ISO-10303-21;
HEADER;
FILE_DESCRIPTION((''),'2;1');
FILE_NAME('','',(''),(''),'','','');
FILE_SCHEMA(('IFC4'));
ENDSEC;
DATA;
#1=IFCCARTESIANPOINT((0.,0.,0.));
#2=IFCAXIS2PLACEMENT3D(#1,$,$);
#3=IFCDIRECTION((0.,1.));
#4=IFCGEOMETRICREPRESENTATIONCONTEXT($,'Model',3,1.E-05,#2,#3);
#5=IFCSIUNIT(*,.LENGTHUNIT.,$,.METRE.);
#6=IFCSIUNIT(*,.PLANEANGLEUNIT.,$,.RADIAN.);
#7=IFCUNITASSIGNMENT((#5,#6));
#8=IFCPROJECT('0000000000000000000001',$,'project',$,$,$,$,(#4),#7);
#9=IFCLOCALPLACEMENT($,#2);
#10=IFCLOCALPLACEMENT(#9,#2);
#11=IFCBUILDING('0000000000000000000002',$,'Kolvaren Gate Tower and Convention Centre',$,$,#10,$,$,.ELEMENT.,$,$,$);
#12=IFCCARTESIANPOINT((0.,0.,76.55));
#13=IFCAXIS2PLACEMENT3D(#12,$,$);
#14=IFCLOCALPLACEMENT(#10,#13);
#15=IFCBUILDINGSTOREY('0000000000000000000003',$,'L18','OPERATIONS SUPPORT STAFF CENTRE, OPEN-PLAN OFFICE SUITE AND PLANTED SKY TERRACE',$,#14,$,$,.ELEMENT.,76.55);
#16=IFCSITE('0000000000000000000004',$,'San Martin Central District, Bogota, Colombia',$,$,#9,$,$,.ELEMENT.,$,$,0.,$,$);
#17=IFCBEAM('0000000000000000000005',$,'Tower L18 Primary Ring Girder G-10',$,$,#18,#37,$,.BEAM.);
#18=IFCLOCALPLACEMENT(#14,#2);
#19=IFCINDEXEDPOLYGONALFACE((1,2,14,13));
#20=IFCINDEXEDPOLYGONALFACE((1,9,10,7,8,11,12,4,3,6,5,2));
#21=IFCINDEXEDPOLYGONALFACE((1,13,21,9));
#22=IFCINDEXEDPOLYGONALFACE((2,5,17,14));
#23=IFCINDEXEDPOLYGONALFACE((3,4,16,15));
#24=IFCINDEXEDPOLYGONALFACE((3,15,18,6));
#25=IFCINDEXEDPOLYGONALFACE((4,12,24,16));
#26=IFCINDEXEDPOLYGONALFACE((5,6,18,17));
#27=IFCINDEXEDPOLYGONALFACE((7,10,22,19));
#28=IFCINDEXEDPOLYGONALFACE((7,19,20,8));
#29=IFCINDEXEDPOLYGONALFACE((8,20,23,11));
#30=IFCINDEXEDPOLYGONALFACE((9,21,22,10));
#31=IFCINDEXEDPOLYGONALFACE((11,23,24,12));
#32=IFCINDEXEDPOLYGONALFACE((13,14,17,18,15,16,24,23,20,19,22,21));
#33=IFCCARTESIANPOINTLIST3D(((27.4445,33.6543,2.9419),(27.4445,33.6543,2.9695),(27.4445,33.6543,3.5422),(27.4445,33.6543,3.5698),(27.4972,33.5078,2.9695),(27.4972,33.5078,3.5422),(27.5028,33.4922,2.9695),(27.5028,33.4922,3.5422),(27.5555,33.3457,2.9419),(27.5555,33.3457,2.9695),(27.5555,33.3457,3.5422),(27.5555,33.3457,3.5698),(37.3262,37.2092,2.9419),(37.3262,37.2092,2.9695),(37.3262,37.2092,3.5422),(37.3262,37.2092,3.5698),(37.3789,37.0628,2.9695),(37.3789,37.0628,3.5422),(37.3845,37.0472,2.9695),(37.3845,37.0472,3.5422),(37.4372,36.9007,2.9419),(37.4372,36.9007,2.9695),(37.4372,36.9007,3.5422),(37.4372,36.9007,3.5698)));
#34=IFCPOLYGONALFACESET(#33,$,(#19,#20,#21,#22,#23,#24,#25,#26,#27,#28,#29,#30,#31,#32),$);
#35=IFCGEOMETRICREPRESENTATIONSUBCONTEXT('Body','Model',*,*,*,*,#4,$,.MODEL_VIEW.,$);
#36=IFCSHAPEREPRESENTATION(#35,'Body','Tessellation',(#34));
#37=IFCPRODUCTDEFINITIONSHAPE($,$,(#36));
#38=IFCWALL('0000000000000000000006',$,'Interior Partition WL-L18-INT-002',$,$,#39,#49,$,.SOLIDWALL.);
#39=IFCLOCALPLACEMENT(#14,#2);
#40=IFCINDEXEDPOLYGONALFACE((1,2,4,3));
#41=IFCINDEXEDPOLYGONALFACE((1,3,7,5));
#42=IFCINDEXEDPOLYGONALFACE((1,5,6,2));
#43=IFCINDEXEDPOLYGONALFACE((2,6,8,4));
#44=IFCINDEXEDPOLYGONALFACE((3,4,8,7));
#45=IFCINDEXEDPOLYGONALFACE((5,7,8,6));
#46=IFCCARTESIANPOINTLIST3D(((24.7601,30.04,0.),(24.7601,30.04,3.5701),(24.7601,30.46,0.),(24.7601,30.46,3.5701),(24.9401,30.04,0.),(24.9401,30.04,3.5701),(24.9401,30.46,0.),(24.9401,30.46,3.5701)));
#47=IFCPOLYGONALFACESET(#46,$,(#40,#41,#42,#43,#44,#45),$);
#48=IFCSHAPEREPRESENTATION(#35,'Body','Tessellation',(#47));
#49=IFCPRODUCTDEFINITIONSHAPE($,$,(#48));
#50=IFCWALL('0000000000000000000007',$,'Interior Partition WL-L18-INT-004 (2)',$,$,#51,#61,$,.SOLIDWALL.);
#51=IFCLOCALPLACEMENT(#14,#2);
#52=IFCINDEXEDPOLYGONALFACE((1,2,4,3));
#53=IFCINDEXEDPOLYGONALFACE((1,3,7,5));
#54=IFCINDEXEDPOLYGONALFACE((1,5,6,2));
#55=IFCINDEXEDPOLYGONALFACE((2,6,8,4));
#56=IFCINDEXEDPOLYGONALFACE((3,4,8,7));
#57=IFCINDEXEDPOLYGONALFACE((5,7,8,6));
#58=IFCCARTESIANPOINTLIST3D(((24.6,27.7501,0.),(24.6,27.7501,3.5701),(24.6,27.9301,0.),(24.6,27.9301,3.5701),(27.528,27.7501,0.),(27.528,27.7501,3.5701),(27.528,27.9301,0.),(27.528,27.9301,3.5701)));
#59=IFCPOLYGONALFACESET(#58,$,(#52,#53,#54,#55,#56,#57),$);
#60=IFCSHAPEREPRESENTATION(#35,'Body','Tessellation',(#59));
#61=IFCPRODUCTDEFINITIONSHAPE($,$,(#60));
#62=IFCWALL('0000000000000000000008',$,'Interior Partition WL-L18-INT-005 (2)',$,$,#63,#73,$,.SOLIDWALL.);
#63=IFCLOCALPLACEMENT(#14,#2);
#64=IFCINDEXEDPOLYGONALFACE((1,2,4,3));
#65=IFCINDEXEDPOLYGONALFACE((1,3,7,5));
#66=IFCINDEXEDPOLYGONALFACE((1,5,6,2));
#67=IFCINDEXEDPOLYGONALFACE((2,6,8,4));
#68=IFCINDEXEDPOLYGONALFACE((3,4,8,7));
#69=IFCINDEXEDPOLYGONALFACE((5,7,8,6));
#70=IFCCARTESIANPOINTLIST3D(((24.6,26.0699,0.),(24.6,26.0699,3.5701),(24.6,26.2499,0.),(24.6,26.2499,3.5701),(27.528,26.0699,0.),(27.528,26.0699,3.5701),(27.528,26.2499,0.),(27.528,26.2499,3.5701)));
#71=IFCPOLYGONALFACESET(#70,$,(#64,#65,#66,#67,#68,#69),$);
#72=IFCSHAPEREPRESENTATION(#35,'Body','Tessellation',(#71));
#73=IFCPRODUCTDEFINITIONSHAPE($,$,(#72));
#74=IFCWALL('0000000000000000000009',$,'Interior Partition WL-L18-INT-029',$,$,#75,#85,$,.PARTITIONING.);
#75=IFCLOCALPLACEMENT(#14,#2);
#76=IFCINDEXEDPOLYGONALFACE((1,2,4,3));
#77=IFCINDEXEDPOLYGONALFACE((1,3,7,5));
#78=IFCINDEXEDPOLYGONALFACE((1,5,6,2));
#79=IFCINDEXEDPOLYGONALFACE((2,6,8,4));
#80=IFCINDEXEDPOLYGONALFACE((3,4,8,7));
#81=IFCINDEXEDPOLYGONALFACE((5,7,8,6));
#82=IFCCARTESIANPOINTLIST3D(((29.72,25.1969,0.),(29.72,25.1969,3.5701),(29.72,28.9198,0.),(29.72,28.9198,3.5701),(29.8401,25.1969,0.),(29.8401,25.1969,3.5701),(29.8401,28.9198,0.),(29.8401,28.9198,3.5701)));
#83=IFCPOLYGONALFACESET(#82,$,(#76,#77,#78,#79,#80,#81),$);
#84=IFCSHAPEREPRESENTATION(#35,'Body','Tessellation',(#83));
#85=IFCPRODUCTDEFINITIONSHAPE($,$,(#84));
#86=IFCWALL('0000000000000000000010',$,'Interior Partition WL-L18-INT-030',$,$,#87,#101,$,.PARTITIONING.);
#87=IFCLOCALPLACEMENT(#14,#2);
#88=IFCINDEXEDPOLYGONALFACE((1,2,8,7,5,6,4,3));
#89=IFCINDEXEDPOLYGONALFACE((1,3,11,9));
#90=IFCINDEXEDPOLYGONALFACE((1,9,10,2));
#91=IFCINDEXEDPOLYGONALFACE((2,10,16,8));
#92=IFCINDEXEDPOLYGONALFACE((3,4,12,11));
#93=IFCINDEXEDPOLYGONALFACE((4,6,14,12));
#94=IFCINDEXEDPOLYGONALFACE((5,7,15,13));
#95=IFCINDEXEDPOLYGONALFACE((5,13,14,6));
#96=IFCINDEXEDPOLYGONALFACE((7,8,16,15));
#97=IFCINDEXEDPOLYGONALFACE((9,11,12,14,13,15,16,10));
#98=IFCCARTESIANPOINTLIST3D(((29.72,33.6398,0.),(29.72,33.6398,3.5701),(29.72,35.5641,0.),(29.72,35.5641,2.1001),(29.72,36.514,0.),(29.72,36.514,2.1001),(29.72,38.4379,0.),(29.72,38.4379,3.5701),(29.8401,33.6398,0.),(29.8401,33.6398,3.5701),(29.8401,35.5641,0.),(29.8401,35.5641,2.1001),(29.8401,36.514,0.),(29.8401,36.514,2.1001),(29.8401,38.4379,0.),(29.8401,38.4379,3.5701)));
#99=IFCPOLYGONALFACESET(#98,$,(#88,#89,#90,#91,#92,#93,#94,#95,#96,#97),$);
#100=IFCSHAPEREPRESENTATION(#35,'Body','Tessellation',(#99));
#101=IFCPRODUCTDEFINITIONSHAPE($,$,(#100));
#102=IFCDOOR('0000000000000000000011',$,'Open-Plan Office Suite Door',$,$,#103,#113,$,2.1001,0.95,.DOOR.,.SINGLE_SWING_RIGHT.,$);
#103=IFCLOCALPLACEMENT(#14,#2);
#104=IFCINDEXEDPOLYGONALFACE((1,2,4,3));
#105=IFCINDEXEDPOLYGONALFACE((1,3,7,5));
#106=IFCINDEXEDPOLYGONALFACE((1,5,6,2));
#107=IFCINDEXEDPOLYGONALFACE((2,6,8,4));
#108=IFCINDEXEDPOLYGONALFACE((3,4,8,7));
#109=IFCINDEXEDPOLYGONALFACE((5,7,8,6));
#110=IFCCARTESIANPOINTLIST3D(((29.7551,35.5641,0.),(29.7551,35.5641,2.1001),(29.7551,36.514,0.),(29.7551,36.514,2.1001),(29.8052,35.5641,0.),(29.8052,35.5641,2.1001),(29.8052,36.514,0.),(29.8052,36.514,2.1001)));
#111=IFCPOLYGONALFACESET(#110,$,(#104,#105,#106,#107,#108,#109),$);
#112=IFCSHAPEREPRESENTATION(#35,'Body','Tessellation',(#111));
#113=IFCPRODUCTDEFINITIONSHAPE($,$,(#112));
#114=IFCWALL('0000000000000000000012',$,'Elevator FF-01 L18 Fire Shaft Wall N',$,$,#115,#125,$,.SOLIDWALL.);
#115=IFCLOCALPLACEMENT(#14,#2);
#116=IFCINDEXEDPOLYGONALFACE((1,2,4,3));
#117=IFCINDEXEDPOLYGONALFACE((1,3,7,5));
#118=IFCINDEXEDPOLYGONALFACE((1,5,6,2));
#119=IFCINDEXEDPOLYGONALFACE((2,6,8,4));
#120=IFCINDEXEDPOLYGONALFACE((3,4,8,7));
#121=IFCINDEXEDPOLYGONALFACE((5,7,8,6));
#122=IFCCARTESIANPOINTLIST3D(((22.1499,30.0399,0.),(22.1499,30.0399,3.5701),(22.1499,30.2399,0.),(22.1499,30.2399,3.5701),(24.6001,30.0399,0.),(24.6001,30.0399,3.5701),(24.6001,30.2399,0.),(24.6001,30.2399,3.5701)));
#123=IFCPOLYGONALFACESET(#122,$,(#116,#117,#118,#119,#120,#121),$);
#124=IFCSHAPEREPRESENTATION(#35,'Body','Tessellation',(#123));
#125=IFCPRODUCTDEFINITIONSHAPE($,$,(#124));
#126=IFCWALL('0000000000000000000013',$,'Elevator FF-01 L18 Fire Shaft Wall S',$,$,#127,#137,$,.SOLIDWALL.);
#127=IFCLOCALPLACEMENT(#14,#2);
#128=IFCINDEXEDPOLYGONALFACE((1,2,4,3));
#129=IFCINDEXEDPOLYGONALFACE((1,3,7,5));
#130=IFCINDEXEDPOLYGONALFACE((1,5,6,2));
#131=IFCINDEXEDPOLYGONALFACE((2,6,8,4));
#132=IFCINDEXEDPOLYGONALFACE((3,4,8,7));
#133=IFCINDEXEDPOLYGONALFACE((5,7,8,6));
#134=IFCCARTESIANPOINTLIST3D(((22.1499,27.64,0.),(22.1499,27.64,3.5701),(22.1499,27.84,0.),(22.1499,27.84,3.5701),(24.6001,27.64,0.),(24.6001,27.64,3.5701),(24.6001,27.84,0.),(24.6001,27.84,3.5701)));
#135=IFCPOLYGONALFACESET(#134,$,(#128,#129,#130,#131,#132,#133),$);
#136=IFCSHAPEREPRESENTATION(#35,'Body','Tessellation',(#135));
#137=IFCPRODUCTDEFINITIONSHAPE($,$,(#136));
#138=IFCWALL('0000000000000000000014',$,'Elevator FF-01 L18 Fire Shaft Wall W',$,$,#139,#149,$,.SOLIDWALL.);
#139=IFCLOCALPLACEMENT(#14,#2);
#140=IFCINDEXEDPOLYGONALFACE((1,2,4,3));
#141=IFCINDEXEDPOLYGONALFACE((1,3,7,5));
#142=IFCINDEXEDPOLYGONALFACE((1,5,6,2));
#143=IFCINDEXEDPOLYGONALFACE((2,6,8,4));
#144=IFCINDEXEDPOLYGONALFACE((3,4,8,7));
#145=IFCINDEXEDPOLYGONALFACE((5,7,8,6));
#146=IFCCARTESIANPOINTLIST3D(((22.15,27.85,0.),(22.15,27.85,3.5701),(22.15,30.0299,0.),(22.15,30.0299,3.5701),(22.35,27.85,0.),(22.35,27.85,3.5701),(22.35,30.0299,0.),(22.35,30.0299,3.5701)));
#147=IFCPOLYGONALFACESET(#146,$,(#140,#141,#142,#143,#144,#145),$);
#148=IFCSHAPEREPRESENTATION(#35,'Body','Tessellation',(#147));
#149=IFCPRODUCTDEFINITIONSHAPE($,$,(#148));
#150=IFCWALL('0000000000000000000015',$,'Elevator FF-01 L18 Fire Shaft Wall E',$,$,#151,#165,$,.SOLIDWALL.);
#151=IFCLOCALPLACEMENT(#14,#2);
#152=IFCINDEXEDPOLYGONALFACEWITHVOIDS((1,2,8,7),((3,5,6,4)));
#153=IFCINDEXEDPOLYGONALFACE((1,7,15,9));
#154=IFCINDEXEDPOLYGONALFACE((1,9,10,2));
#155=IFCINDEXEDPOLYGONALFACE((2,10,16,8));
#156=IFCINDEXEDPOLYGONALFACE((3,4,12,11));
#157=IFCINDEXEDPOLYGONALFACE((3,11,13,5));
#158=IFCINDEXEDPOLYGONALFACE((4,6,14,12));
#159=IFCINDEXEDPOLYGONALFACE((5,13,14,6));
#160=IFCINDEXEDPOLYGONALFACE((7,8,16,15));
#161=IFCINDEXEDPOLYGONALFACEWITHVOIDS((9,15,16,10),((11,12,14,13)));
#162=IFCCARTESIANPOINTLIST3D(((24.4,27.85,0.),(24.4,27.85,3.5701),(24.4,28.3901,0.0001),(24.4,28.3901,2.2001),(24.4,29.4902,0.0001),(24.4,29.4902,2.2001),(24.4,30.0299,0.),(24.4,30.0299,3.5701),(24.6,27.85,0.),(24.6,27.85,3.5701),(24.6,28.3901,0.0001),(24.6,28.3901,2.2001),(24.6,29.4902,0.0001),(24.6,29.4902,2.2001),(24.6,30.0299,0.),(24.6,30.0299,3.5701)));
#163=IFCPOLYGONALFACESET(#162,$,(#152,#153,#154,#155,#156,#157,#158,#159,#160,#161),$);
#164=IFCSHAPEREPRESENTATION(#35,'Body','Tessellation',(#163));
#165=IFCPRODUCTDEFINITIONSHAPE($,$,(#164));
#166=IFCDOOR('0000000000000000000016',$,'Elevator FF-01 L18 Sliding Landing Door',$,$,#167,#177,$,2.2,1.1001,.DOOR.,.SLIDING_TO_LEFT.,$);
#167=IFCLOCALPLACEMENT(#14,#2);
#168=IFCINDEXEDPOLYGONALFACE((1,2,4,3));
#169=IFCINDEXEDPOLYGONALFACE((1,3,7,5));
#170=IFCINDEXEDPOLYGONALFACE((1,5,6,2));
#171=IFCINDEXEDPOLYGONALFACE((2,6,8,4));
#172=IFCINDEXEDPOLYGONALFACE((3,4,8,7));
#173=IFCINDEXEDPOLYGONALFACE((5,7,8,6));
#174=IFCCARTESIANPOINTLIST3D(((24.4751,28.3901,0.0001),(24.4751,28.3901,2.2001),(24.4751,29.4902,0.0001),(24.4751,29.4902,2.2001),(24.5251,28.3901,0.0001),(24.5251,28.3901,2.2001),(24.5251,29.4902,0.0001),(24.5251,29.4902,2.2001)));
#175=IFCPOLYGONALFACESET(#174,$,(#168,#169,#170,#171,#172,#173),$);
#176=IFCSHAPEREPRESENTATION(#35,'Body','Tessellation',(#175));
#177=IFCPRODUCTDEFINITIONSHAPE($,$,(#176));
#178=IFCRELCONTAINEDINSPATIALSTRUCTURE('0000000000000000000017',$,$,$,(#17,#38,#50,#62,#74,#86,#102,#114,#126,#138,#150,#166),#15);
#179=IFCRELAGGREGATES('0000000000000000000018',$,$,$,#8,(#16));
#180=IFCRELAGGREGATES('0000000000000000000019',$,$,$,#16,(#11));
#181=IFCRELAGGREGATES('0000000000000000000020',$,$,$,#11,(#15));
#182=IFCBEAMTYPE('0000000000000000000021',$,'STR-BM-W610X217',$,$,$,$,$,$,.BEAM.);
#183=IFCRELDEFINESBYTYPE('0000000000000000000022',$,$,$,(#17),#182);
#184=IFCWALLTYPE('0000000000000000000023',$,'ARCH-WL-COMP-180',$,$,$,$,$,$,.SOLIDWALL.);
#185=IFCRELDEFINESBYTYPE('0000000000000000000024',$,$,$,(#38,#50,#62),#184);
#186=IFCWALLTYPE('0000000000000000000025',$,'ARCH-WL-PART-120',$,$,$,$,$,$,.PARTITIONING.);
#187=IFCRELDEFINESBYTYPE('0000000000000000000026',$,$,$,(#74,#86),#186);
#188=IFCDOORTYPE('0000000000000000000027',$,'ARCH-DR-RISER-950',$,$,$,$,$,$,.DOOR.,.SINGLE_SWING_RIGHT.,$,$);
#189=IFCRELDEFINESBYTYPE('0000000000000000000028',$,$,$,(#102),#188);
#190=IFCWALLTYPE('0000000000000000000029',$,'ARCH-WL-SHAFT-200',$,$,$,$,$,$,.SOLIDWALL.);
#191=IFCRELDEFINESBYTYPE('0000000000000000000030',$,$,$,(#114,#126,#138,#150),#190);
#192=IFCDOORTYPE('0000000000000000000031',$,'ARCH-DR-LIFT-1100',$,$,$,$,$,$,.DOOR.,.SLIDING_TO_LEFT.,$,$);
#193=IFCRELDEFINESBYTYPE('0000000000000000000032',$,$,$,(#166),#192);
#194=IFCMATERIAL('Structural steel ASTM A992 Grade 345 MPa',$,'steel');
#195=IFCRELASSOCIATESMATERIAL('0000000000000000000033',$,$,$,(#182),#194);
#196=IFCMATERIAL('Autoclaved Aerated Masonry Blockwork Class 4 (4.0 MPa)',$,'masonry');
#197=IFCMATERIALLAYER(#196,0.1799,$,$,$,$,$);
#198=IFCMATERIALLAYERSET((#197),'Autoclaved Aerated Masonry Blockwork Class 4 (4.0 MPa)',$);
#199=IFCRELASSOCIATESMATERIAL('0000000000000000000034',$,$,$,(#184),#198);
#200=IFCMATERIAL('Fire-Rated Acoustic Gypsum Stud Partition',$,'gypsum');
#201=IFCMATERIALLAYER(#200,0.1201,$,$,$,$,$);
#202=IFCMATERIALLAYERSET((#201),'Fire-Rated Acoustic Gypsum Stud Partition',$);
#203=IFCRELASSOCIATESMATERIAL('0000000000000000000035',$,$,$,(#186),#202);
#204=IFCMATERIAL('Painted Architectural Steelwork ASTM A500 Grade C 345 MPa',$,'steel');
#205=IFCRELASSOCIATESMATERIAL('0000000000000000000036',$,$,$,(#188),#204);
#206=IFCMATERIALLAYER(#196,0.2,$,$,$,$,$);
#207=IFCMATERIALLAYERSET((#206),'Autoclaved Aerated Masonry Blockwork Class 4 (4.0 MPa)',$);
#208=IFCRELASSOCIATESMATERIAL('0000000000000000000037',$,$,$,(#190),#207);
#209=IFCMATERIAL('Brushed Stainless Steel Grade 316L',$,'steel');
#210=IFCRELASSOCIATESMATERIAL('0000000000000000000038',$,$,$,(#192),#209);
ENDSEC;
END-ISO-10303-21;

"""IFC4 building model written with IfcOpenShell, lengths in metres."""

from ifc_helpers import new_model, si_unit, direction, frame, frame_2d, origin, origin_2d, place, context, subcontext, project, spatial, rectangle, i_section, extrude, material, layer, layer_set, material_profile, profile_set, type_object, element, fill, save


model = new_model("IFC4")

# Units and contexts
model_context = context("Model", 3, precision=1e-05, world=origin(), true_north=direction((0.0, 1.0)))
body_context = subcontext(model_context, "Body", "Model", "MODEL_VIEW")
ifc_project = project(units=[si_unit("LENGTHUNIT", "METRE"), si_unit("PLANEANGLEUNIT", "RADIAN")], contexts=[model_context])

# Site, building, storey
site_placement = place(None, origin())
site = spatial("IfcSite", under=ifc_project, at=site_placement, Name="San Martin Central District, Bogota, Colombia", CompositionType="ELEMENT", RefElevation=0.0)
building_placement = place(site_placement, origin())
building = spatial("IfcBuilding", under=site, at=building_placement, Name="Kolvaren Gate Tower and Convention Centre", CompositionType="ELEMENT")
storey_placement = place(building_placement, frame((0.0, 0.0, 76.55)))
storey = spatial("IfcBuildingStorey", under=building, at=storey_placement, Name="L18", Description="OPERATIONS SUPPORT STAFF CENTRE, OPEN-PLAN OFFICE SUITE AND PLANTED SKY TERRACE", CompositionType="ELEMENT", Elevation=76.55)

# Beam
ifc_material_1 = material(Name="Structural steel ASTM A992 Grade 345 MPa", Category="steel")
ifc_material_profile = material_profile(ifc_material_1, i_section(OverallWidth=0.3279, OverallDepth=0.6279, WebThickness=0.0166, FlangeThickness=0.0276, at=origin_2d()), Name="W610X217")
ifc_profile_set = profile_set([ifc_material_profile], Name="Structural steel ASTM A992 Grade 345 MPa")
beam_type = type_object("IfcBeamType", Name="STR-BM-W610X217", PredefinedType="BEAM", material=ifc_profile_set)
beam_placement = place(storey_placement, frame((27.5, 33.5, 3.2559), z_axis=(0.940961, 0.338514, 0.0), x_axis=(-0.338514, 0.940961, 0.0)))
element("IfcBeam", 1, at=beam_placement, inside=storey, type_object=beam_type, Name="Tower L18 Primary Ring Girder G-10", PredefinedType="BEAM", context=body_context, shape_type="SweptSolid", body=[
    extrude(i_section(OverallWidth=0.3279, OverallDepth=0.6279, WebThickness=0.0166, FlangeThickness=0.0276, at=origin_2d()), origin(), (0.0, 0.0, 1.0), 10.5017),
])

# Walls
ifc_material_2 = material(Name="Autoclaved Aerated Masonry Blockwork Class 4 (4.0 MPa)", Category="masonry")
ifc_layer_1 = layer(ifc_material_2, 0.1799)
ifc_layer_set_1 = layer_set([ifc_layer_1], Name="Autoclaved Aerated Masonry Blockwork Class 4 (4.0 MPa)")
wall_type_1 = type_object("IfcWallType", Name="ARCH-WL-COMP-180", PredefinedType="SOLIDWALL", material=ifc_layer_set_1)
wall_1_placement = place(storey_placement, frame((24.8501, 30.04, 0.0), z_axis=(0.0, 0.0, 1.0), x_axis=(0.0, 1.0, 0.0)))
element("IfcWall", 2, at=wall_1_placement, inside=storey, type_object=wall_type_1, Name="Interior Partition WL-L18-INT-002", PredefinedType="SOLIDWALL", context=body_context, shape_type="SweptSolid", body=[
    extrude(rectangle(XDim=0.4199, YDim=0.1799, at=frame_2d((0.21, 0.0))), origin(), (0.0, 0.0, 1.0), 3.5701),
])
for number, where, z_axis, x_axis, name in (
    (3, (24.6001, 27.8401, 0.0), (0.0, 0.0, 1.0), (1.0, 0.0, 0.0), "Interior Partition WL-L18-INT-004 (2)"),
    (4, (24.6001, 26.1599, 0.0), (0.0, 0.0, 1.0), (1.0, 0.0, 0.0), "Interior Partition WL-L18-INT-005 (2)"),
):
    element("IfcWall", number, at=place(storey_placement, frame(where, z_axis=z_axis, x_axis=x_axis)), inside=storey, type_object=wall_type_1, Name=name, PredefinedType="SOLIDWALL", context=body_context, shape_type="SweptSolid", body=[
        extrude(rectangle(XDim=2.928, YDim=0.1799, at=frame_2d((1.4639, 0.0))), origin(), (0.0, 0.0, 1.0), 3.5701),
    ])
ifc_material_3 = material(Name="Fire-Rated Acoustic Gypsum Stud Partition", Category="gypsum")
ifc_layer_2 = layer(ifc_material_3, 0.1201)
ifc_layer_set_2 = layer_set([ifc_layer_2], Name="Fire-Rated Acoustic Gypsum Stud Partition")
wall_type_2 = type_object("IfcWallType", Name="ARCH-WL-PART-120", PredefinedType="PARTITIONING", material=ifc_layer_set_2)
wall_2_placement = place(storey_placement, frame((29.78, 25.197, 0.0), z_axis=(0.0, 0.0, 1.0), x_axis=(0.0, 1.0, 0.0)))
element("IfcWall", 5, at=wall_2_placement, inside=storey, type_object=wall_type_2, Name="Interior Partition WL-L18-INT-029", PredefinedType="PARTITIONING", context=body_context, shape_type="SweptSolid", body=[
    extrude(rectangle(XDim=3.7229, YDim=0.1201, at=frame_2d((1.8613, 0.0))), origin(), (0.0, 0.0, 1.0), 3.5701),
])

# Wall, opening, door
wall_3_placement = place(storey_placement, frame((29.78, 33.6399, 0.0), z_axis=(0.0, 0.0, 1.0), x_axis=(0.0, 1.0, 0.0)))
wall_3 = element("IfcWall", 6, at=wall_3_placement, inside=storey, type_object=wall_type_2, Name="Interior Partition WL-L18-INT-030", PredefinedType="PARTITIONING", context=body_context, shape_type="SweptSolid", body=[
    extrude(rectangle(XDim=4.7981, YDim=0.1201, at=frame_2d((2.3989, 0.0))), origin(), (0.0, 0.0, 1.0), 3.5701),
])
opening_1_placement = place(wall_3_placement, frame((1.9241, 0.0, 0.0)))
opening_1 = element("IfcOpeningElement", 7, at=opening_1_placement, cuts=wall_3, PredefinedType="OPENING", context=body_context, shape_type="SweptSolid", body=[
    extrude(rectangle(XDim=0.95, YDim=2.1001, at=frame_2d((0.4751, 1.05))), frame((0.0, 0.0701, 0.0), z_axis=(0.0, -1.0, 0.0), x_axis=(1.0, 0.0, 0.0)), (0.0, 0.0, 1.0), 0.1401),
])
ifc_material_4 = material(Name="Painted Architectural Steelwork ASTM A500 Grade C 345 MPa", Category="steel")
door_type_1 = type_object("IfcDoorType", Name="ARCH-DR-RISER-950", OperationType="SINGLE_SWING_RIGHT", PredefinedType="DOOR", material=ifc_material_4)
door_1_placement = place(opening_1_placement, origin())
door_1 = element("IfcDoor", 8, at=door_1_placement, inside=storey, type_object=door_type_1, Name="Open-Plan Office Suite Door", OperationType="SINGLE_SWING_RIGHT", OverallHeight=2.1001, OverallWidth=0.95, PredefinedType="DOOR", context=body_context, shape_type="SweptSolid", body=[
    extrude(rectangle(XDim=0.95, YDim=2.1001, at=frame_2d((0.4751, 1.05))), frame((0.0, 0.0249, 0.0), z_axis=(0.0, -1.0, 0.0), x_axis=(1.0, 0.0, 0.0)), (0.0, 0.0, 1.0), 0.05),
])
fill(opening_1, door_1)

# Walls
ifc_layer_3 = layer(ifc_material_2, 0.2)
ifc_layer_set_3 = layer_set([ifc_layer_3], Name="Autoclaved Aerated Masonry Blockwork Class 4 (4.0 MPa)")
wall_type_3 = type_object("IfcWallType", Name="ARCH-WL-SHAFT-200", PredefinedType="SOLIDWALL", material=ifc_layer_set_3)
for number, where, z_axis, x_axis, name in (
    (9, (22.1499, 30.1399, 0.0), (0.0, 0.0, 1.0), (1.0, 0.0, 0.0), "Elevator FF-01 L18 Fire Shaft Wall N"),
    (10, (22.1499, 27.74, 0.0), (0.0, 0.0, 1.0), (1.0, 0.0, 0.0), "Elevator FF-01 L18 Fire Shaft Wall S"),
):
    element("IfcWall", number, at=place(storey_placement, frame(where, z_axis=z_axis, x_axis=x_axis)), inside=storey, type_object=wall_type_3, Name=name, PredefinedType="SOLIDWALL", context=body_context, shape_type="SweptSolid", body=[
        extrude(rectangle(XDim=2.4502, YDim=0.2, at=frame_2d((1.2251, 0.0))), origin(), (0.0, 0.0, 1.0), 3.5701),
    ])
wall_4_placement = place(storey_placement, frame((22.25, 27.8501, 0.0), z_axis=(0.0, 0.0, 1.0), x_axis=(0.0, 1.0, 0.0)))
element("IfcWall", 11, at=wall_4_placement, inside=storey, type_object=wall_type_3, Name="Elevator FF-01 L18 Fire Shaft Wall W", PredefinedType="SOLIDWALL", context=body_context, shape_type="SweptSolid", body=[
    extrude(rectangle(XDim=2.1799, YDim=0.2, at=frame_2d((1.0898, 0.0))), origin(), (0.0, 0.0, 1.0), 3.5701),
])

# Wall, opening, door
wall_5_placement = place(storey_placement, frame((24.5, 27.8501, 0.0), z_axis=(0.0, 0.0, 1.0), x_axis=(0.0, 1.0, 0.0)))
wall_5 = element("IfcWall", 12, at=wall_5_placement, inside=storey, type_object=wall_type_3, Name="Elevator FF-01 L18 Fire Shaft Wall E", PredefinedType="SOLIDWALL", context=body_context, shape_type="SweptSolid", body=[
    extrude(rectangle(XDim=2.1799, YDim=0.2, at=frame_2d((1.0898, 0.0))), origin(), (0.0, 0.0, 1.0), 3.5701),
])
opening_2_placement = place(wall_5_placement, frame((0.54, 0.0, 0.0)))
opening_2 = element("IfcOpeningElement", 13, at=opening_2_placement, cuts=wall_5, PredefinedType="OPENING", context=body_context, shape_type="SweptSolid", body=[
    extrude(rectangle(XDim=1.1001, YDim=2.2, at=frame_2d((0.55, 1.1001))), frame((0.0, 0.1099, 0.0), z_axis=(0.0, -1.0, 0.0), x_axis=(1.0, 0.0, 0.0)), (0.0, 0.0, 1.0), 0.22),
])
ifc_material_5 = material(Name="Brushed Stainless Steel Grade 316L", Category="steel")
door_type_2 = type_object("IfcDoorType", Name="ARCH-DR-LIFT-1100", OperationType="SLIDING_TO_LEFT", PredefinedType="DOOR", material=ifc_material_5)
door_2_placement = place(opening_2_placement, origin())
door_2 = element("IfcDoor", 14, at=door_2_placement, inside=storey, type_object=door_type_2, Name="Elevator FF-01 L18 Sliding Landing Door", OperationType="SLIDING_TO_LEFT", OverallHeight=2.2, OverallWidth=1.1001, PredefinedType="DOOR", context=body_context, shape_type="SweptSolid", body=[
    extrude(rectangle(XDim=1.1001, YDim=2.2, at=frame_2d((0.55, 1.1001))), frame((0.0, 0.0249, 0.0), z_axis=(0.0, -1.0, 0.0), x_axis=(1.0, 0.0, 0.0)), (0.0, 0.0, 1.0), 0.05),
])
fill(opening_2, door_2)

save(model, "model.ifc")
